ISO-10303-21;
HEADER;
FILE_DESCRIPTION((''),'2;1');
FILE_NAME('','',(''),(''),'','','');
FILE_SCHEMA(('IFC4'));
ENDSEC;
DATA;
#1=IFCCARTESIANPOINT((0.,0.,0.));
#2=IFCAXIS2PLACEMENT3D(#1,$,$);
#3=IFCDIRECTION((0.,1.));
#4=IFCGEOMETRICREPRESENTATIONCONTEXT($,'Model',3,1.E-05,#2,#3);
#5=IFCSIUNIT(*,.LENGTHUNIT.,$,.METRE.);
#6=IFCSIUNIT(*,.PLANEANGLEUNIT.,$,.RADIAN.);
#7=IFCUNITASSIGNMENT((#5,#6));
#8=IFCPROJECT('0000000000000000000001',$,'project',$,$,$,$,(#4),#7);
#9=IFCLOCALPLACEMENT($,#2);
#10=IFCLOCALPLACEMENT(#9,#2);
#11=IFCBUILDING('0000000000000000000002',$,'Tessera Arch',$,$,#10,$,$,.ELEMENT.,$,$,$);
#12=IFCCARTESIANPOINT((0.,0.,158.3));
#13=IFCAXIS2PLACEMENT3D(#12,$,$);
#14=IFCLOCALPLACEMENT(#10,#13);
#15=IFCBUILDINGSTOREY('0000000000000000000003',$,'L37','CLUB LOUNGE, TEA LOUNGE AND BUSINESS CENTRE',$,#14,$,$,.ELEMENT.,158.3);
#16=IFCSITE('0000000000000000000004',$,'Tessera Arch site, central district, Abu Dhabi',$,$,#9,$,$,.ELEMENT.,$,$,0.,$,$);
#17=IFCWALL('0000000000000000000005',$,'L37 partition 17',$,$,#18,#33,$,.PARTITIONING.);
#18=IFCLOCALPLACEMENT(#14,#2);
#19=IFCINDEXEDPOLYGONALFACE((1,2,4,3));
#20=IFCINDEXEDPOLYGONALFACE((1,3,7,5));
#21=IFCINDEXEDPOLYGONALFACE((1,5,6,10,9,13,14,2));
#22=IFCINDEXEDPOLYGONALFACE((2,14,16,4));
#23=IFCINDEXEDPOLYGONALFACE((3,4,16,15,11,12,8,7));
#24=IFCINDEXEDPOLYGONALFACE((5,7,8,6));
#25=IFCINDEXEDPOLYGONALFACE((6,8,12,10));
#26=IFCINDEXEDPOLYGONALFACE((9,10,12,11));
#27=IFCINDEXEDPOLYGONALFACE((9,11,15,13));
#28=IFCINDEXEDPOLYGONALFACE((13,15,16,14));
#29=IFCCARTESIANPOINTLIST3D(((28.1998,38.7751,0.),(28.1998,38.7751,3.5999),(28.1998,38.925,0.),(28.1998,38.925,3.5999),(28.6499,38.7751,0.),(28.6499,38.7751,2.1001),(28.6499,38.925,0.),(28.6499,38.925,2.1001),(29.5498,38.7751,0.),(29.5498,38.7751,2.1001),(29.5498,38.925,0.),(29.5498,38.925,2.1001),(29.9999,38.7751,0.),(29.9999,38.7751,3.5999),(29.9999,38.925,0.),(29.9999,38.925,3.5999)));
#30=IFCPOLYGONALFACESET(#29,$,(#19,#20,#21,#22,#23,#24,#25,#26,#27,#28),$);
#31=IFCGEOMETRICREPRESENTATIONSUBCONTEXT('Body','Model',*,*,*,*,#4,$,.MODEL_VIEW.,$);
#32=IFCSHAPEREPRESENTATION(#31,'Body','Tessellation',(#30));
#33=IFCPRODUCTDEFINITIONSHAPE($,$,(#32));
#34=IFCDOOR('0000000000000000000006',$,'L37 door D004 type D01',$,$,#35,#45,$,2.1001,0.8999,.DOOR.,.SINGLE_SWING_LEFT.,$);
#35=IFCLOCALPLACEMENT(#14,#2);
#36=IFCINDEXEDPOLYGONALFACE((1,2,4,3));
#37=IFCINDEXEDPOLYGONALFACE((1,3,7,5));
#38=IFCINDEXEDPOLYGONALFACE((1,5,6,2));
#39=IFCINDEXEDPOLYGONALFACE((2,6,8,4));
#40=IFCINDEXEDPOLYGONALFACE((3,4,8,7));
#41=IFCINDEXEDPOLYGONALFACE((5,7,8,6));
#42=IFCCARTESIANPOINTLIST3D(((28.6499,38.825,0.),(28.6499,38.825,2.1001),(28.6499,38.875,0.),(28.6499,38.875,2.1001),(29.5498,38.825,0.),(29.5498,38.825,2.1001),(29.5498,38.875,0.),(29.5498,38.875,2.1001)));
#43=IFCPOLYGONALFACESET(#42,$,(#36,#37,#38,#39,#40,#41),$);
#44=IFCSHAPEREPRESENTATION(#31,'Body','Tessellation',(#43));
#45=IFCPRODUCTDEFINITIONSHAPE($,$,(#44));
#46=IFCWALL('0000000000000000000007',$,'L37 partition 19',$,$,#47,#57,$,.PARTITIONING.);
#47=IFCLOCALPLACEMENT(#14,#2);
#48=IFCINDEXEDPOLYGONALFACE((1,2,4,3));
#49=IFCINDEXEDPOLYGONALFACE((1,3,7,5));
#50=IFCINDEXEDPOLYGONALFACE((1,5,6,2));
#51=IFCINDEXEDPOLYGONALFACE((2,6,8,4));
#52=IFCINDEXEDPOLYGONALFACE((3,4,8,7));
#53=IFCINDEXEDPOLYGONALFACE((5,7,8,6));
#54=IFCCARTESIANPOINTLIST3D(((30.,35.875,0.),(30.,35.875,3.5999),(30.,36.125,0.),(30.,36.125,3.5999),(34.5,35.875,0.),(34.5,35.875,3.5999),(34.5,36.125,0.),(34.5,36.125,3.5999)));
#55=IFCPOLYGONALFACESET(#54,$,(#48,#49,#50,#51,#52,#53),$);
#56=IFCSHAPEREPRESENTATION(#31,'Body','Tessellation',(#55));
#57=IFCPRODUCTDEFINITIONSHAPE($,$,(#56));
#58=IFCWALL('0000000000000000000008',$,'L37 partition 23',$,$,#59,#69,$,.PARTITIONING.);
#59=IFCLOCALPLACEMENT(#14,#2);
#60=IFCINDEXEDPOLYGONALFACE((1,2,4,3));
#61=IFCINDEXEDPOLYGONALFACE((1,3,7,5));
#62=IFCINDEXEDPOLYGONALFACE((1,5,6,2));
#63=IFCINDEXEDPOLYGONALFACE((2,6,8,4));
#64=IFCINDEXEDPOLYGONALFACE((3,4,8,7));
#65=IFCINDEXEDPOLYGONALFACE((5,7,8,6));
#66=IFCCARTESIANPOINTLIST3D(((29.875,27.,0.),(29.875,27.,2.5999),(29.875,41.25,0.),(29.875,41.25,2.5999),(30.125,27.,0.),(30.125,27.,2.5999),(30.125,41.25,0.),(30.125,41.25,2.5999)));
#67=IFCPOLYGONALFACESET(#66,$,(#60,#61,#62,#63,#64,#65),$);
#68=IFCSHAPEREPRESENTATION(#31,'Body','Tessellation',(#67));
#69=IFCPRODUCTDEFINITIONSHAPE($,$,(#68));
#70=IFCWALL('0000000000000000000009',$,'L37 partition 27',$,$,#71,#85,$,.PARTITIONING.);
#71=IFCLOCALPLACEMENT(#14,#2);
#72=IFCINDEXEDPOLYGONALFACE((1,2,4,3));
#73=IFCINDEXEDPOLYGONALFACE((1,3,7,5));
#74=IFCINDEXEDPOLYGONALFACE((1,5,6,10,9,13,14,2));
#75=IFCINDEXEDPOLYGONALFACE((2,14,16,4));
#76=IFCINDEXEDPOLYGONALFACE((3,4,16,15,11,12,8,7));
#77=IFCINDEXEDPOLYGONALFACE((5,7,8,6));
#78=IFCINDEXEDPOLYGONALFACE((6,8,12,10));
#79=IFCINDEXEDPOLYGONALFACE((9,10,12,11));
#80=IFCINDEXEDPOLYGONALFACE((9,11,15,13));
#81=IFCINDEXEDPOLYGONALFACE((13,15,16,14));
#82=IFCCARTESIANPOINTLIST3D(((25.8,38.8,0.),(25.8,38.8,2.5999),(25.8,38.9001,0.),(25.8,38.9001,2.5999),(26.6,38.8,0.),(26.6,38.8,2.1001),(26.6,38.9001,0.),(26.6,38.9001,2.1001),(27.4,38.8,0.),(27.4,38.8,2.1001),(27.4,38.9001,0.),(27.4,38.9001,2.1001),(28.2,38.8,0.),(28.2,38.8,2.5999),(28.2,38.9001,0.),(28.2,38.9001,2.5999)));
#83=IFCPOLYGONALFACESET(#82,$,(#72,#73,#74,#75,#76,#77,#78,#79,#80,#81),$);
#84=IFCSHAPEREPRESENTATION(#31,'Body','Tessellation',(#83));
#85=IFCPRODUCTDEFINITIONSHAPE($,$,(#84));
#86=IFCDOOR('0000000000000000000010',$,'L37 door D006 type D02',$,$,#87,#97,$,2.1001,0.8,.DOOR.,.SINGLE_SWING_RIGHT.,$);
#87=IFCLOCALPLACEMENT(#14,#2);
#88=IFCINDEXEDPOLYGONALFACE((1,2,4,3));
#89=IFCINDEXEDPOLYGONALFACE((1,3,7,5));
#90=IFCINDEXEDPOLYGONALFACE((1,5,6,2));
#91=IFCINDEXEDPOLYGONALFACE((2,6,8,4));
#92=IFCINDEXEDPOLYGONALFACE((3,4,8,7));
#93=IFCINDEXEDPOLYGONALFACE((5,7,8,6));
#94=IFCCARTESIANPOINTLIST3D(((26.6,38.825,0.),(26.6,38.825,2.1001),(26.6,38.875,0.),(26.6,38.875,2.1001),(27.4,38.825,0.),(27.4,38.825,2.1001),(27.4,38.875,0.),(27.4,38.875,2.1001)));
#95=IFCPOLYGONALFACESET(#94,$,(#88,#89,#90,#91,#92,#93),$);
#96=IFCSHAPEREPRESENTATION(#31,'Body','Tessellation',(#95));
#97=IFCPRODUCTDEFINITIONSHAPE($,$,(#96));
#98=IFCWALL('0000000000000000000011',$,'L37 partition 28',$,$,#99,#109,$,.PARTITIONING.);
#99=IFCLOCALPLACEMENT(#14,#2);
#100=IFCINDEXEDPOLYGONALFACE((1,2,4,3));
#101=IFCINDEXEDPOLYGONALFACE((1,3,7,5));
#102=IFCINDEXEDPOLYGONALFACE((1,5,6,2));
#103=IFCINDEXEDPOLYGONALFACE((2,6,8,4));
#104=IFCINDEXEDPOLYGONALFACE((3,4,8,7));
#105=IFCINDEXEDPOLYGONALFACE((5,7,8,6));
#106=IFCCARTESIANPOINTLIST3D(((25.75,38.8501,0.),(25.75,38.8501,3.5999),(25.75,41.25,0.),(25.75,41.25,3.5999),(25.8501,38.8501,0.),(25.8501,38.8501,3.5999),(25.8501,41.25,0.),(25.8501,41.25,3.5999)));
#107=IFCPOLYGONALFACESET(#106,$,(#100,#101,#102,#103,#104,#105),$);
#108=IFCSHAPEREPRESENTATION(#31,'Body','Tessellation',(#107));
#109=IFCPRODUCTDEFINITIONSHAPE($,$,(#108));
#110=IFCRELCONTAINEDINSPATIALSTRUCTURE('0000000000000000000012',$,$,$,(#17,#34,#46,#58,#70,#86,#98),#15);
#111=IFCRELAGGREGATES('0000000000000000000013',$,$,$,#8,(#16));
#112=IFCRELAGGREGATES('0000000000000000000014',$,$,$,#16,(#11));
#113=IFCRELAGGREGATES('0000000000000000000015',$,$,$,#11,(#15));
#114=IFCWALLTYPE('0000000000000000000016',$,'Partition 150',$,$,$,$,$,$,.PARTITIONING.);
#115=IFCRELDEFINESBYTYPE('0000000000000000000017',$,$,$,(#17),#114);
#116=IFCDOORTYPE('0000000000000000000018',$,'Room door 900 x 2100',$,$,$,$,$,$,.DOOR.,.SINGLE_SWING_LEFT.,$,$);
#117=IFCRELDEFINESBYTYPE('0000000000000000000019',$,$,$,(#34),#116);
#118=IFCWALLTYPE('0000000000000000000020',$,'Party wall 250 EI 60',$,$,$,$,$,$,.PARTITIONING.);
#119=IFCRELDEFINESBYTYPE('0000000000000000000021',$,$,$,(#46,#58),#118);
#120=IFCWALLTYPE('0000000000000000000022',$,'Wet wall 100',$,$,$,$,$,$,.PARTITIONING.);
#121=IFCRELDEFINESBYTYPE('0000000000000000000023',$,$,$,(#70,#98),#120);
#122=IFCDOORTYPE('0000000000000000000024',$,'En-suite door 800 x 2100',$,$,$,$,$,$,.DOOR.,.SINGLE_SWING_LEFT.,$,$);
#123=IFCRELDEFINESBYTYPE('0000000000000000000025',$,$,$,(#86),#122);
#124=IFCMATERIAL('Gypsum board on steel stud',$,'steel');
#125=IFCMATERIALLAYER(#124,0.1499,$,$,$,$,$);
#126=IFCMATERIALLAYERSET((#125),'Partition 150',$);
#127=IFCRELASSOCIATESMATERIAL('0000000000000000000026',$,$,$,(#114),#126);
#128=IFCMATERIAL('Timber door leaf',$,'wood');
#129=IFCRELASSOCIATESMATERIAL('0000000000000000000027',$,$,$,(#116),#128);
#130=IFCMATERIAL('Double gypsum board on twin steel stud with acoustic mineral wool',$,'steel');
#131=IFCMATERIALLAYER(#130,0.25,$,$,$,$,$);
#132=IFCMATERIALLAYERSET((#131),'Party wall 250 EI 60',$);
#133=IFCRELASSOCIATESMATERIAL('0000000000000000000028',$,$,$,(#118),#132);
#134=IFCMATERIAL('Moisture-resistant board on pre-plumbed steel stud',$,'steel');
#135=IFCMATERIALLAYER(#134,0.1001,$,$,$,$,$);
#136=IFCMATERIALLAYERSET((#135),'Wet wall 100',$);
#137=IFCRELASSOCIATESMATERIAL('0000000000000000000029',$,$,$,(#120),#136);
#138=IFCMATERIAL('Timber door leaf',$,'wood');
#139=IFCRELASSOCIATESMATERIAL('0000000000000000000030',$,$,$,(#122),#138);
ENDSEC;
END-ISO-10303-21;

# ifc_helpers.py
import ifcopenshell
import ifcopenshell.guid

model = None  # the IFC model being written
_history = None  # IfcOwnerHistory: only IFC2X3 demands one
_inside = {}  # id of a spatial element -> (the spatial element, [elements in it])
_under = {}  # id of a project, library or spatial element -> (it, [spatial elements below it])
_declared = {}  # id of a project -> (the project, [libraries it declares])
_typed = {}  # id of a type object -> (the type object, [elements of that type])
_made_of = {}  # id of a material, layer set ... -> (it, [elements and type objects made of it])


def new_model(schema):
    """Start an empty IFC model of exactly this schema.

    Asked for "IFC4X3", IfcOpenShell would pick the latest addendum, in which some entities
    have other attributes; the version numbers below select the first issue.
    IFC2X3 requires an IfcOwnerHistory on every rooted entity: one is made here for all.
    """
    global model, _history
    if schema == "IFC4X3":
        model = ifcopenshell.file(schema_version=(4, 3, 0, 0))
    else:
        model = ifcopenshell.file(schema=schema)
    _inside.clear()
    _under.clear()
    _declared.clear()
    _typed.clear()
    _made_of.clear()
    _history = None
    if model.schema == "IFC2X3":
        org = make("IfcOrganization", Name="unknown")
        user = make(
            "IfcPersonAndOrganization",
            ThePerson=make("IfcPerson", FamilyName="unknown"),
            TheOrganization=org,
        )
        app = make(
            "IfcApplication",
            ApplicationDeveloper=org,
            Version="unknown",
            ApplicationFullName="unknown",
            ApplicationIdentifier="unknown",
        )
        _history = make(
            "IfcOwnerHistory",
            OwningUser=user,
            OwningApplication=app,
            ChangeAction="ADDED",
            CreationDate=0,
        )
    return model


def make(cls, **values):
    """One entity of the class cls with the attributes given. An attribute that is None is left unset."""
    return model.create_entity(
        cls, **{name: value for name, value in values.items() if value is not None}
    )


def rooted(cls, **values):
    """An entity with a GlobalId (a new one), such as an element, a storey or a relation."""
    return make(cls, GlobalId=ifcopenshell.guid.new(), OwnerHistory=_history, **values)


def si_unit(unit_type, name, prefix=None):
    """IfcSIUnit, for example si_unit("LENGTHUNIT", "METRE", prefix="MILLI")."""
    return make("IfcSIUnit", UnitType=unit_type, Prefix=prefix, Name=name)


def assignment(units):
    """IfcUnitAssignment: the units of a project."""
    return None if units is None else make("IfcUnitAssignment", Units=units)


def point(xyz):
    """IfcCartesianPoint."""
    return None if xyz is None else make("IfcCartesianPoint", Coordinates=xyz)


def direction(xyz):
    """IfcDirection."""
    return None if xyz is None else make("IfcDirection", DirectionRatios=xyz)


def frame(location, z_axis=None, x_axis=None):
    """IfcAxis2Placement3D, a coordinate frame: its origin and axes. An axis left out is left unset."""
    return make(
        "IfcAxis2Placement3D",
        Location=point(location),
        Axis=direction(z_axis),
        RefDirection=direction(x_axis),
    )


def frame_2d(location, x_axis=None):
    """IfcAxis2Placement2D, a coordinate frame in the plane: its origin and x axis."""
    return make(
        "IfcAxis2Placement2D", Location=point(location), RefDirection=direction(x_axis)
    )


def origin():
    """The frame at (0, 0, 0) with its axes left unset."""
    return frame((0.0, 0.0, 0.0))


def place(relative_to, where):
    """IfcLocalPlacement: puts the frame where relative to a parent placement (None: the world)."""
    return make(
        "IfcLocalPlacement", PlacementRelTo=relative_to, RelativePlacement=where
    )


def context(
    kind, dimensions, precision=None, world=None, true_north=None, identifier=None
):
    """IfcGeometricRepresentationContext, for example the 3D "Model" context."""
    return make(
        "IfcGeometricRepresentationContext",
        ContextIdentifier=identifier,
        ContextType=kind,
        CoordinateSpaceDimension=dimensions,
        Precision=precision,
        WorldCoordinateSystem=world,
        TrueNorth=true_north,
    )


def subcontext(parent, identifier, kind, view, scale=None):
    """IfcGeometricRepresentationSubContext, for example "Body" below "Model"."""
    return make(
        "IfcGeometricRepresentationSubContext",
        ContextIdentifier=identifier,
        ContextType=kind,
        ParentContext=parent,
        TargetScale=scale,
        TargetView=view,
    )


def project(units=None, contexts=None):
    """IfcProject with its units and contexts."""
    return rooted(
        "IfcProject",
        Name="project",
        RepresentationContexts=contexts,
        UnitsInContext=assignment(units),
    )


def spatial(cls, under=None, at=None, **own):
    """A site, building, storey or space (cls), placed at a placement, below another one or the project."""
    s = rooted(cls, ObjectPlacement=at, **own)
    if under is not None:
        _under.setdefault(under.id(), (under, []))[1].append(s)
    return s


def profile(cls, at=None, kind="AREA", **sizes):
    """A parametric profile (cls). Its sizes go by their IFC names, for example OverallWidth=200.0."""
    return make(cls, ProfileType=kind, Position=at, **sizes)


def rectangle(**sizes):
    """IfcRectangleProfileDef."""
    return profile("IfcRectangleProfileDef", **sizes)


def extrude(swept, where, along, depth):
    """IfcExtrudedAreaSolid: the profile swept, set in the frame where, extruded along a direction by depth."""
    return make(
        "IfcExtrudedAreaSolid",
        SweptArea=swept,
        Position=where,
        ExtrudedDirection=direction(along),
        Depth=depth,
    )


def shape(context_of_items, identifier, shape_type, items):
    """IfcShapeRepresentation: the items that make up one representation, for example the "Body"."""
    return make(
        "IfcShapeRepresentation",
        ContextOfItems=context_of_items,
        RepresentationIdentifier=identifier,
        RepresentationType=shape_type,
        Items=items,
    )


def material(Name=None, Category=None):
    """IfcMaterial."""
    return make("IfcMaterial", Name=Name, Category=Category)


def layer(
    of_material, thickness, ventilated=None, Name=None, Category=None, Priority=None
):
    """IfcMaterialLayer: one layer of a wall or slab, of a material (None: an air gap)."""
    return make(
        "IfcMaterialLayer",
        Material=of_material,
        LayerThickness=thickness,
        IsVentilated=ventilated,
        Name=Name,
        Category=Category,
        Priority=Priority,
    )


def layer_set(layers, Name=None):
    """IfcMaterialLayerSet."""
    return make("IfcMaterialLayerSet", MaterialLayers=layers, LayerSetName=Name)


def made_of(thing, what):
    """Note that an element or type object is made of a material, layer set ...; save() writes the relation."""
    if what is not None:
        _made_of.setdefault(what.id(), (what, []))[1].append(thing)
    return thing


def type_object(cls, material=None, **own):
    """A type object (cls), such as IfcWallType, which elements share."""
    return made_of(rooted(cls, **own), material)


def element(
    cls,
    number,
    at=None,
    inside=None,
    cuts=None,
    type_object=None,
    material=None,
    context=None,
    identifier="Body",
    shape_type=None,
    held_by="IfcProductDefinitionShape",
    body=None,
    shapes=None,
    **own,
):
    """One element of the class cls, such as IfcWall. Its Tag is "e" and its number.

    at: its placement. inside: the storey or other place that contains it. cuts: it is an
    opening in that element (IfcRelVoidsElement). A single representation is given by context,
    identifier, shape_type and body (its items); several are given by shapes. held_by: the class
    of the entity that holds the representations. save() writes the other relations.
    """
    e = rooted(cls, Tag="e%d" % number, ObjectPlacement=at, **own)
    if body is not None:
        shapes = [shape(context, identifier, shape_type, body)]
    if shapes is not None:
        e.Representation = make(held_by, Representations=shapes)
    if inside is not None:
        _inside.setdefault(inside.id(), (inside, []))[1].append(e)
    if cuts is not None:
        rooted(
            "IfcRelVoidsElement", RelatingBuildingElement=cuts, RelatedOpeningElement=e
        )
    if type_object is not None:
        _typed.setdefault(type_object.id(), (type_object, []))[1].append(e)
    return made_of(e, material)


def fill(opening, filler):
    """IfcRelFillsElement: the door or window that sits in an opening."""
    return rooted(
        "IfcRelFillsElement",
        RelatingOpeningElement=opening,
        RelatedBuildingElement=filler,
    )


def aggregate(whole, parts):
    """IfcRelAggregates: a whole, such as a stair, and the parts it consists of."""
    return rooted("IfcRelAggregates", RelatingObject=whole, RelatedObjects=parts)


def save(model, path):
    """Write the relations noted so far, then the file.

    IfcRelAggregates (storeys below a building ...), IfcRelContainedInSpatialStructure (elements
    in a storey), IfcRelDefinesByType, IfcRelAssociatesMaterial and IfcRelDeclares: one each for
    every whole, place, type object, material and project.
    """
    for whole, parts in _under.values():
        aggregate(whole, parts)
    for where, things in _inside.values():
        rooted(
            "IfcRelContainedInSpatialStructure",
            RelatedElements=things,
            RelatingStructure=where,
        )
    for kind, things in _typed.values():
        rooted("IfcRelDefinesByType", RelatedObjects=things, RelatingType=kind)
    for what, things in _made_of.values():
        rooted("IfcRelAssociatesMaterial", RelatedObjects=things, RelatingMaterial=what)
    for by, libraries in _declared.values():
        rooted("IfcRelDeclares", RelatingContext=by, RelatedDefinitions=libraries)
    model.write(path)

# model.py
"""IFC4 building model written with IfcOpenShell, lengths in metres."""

from ifc_helpers import new_model, si_unit, direction, frame, frame_2d, origin, place, context, subcontext, project, spatial, rectangle, extrude, material, layer, layer_set, type_object, element, fill, save


model = new_model("IFC4")

# Units and contexts
model_context = context("Model", 3, precision=1e-05, world=origin(), true_north=direction((0.0, 1.0)))
body_context = subcontext(model_context, "Body", "Model", "MODEL_VIEW")
ifc_project = project(units=[si_unit("LENGTHUNIT", "METRE"), si_unit("PLANEANGLEUNIT", "RADIAN")], contexts=[model_context])

# Site, building, storey
site_placement = place(None, origin())
site = spatial("IfcSite", under=ifc_project, at=site_placement, Name="Tessera Arch site, central district, Abu Dhabi", CompositionType="ELEMENT", RefElevation=0.0)
building_placement = place(site_placement, origin())
building = spatial("IfcBuilding", under=site, at=building_placement, Name="Tessera Arch", CompositionType="ELEMENT")
storey_placement = place(building_placement, frame((0.0, 0.0, 158.3)))
storey = spatial("IfcBuildingStorey", under=building, at=storey_placement, Name="L37", Description="CLUB LOUNGE, TEA LOUNGE AND BUSINESS CENTRE", CompositionType="ELEMENT", Elevation=158.3)

# Wall, opening, door
ifc_material_1 = material(Name="Gypsum board on steel stud", Category="steel")
ifc_layer_1 = layer(ifc_material_1, 0.1499)
ifc_layer_set_1 = layer_set([ifc_layer_1], Name="Partition 150")
wall_type_1 = type_object("IfcWallType", Name="Partition 150", PredefinedType="PARTITIONING", material=ifc_layer_set_1)
wall_1_placement = place(storey_placement, frame((28.2, 38.8501, 0.0), z_axis=(0.0, 0.0, 1.0), x_axis=(1.0, 0.0, 0.0)))
wall_1 = element("IfcWall", 1, at=wall_1_placement, inside=storey, type_object=wall_type_1, Name="L37 partition 17", PredefinedType="PARTITIONING", context=body_context, shape_type="SweptSolid", body=[
    extrude(rectangle(XDim=1.8, YDim=0.1499, at=frame_2d((0.8999, 0.0))), origin(), (0.0, 0.0, 1.0), 3.5999),
])
opening_1_placement = place(wall_1_placement, frame((0.45, 0.0, 0.0)))
opening_1 = element("IfcOpeningElement", 2, at=opening_1_placement, cuts=wall_1, PredefinedType="OPENING", context=body_context, shape_type="SweptSolid", body=[
    extrude(rectangle(XDim=0.8999, YDim=2.1001, at=frame_2d((0.45, 1.05))), frame((0.0, 0.085, 0.0), z_axis=(0.0, -1.0, 0.0), x_axis=(1.0, 0.0, 0.0)), (0.0, 0.0, 1.0), 0.1699),
])
ifc_material_2 = material(Name="Timber door leaf", Category="wood")
door_type_1 = type_object("IfcDoorType", Name="Room door 900 x 2100", OperationType="SINGLE_SWING_LEFT", PredefinedType="DOOR", material=ifc_material_2)
door_1_placement = place(opening_1_placement, origin())
door_1 = element("IfcDoor", 3, at=door_1_placement, inside=storey, type_object=door_type_1, Name="L37 door D004 type D01", OperationType="SINGLE_SWING_LEFT", OverallHeight=2.1001, OverallWidth=0.8999, PredefinedType="DOOR", context=body_context, shape_type="SweptSolid", body=[
    extrude(rectangle(XDim=0.8999, YDim=2.1001, at=frame_2d((0.45, 1.05))), frame((0.0, 0.0249, 0.0), z_axis=(0.0, -1.0, 0.0), x_axis=(1.0, 0.0, 0.0)), (0.0, 0.0, 1.0), 0.05),
])
fill(opening_1, door_1)

# Walls
ifc_material_3 = material(Name="Double gypsum board on twin steel stud with acoustic mineral wool", Category="steel")
ifc_layer_2 = layer(ifc_material_3, 0.25)
ifc_layer_set_2 = layer_set([ifc_layer_2], Name="Party wall 250 EI 60")
wall_type_2 = type_object("IfcWallType", Name="Party wall 250 EI 60", PredefinedType="PARTITIONING", material=ifc_layer_set_2)
wall_2_placement = place(storey_placement, frame((30.0, 36.0, 0.0), z_axis=(0.0, 0.0, 1.0), x_axis=(1.0, 0.0, 0.0)))
element("IfcWall", 4, at=wall_2_placement, inside=storey, type_object=wall_type_2, Name="L37 partition 19", PredefinedType="PARTITIONING", context=body_context, shape_type="SweptSolid", body=[
    extrude(rectangle(XDim=4.5, YDim=0.25, at=frame_2d((2.25, 0.0))), origin(), (0.0, 0.0, 1.0), 3.5999),
])
wall_3_placement = place(storey_placement, frame((30.0, 27.0, 0.0), z_axis=(0.0, 0.0, 1.0), x_axis=(0.0, 1.0, 0.0)))
element("IfcWall", 5, at=wall_3_placement, inside=storey, type_object=wall_type_2, Name="L37 partition 23", PredefinedType="PARTITIONING", context=body_context, shape_type="SweptSolid", body=[
    extrude(rectangle(XDim=14.25, YDim=0.25, at=frame_2d((7.125, 0.0))), origin(), (0.0, 0.0, 1.0), 2.5999),
])

# Wall, opening, door
ifc_material_4 = material(Name="Moisture-resistant board on pre-plumbed steel stud", Category="steel")
ifc_layer_3 = layer(ifc_material_4, 0.1001)
ifc_layer_set_3 = layer_set([ifc_layer_3], Name="Wet wall 100")
wall_type_3 = type_object("IfcWallType", Name="Wet wall 100", PredefinedType="PARTITIONING", material=ifc_layer_set_3)
wall_4_placement = place(storey_placement, frame((25.8, 38.8501, 0.0), z_axis=(0.0, 0.0, 1.0), x_axis=(1.0, 0.0, 0.0)))
wall_4 = element("IfcWall", 6, at=wall_4_placement, inside=storey, type_object=wall_type_3, Name="L37 partition 27", PredefinedType="PARTITIONING", context=body_context, shape_type="SweptSolid", body=[
    extrude(rectangle(XDim=2.3999, YDim=0.1001, at=frame_2d((1.2, 0.0))), origin(), (0.0, 0.0, 1.0), 2.5999),
])
opening_2_placement = place(wall_4_placement, frame((0.8, 0.0, 0.0)))
opening_2 = element("IfcOpeningElement", 7, at=opening_2_placement, cuts=wall_4, PredefinedType="OPENING", context=body_context, shape_type="SweptSolid", body=[
    extrude(rectangle(XDim=0.8, YDim=2.1001, at=frame_2d((0.3999, 1.05))), frame((0.0, 0.0601, 0.0), z_axis=(0.0, -1.0, 0.0), x_axis=(1.0, 0.0, 0.0)), (0.0, 0.0, 1.0), 0.1201),
])
ifc_material_5 = material(Name="Timber door leaf", Category="wood")
door_type_2 = type_object("IfcDoorType", Name="En-suite door 800 x 2100", OperationType="SINGLE_SWING_LEFT", PredefinedType="DOOR", material=ifc_material_5)
door_2_placement = place(opening_2_placement, origin())
door_2 = element("IfcDoor", 8, at=door_2_placement, inside=storey, type_object=door_type_2, Name="L37 door D006 type D02", OperationType="SINGLE_SWING_RIGHT", OverallHeight=2.1001, OverallWidth=0.8, PredefinedType="DOOR", context=body_context, shape_type="SweptSolid", body=[
    extrude(rectangle(XDim=0.8, YDim=2.1001, at=frame_2d((0.3999, 1.05))), frame((0.0, 0.0249, 0.0), z_axis=(0.0, -1.0, 0.0), x_axis=(1.0, 0.0, 0.0)), (0.0, 0.0, 1.0), 0.05),
])
fill(opening_2, door_2)

# Wall
wall_5_placement = place(storey_placement, frame((25.8, 38.8501, 0.0), z_axis=(0.0, 0.0, 1.0), x_axis=(0.0, 1.0, 0.0)))
element("IfcWall", 9, at=wall_5_placement, inside=storey, type_object=wall_type_3, Name="L37 partition 28", PredefinedType="PARTITIONING", context=body_context, shape_type="SweptSolid", body=[
    extrude(rectangle(XDim=2.3999, YDim=0.1001, at=frame_2d((1.2, 0.0))), origin(), (0.0, 0.0, 1.0), 3.5999),
])

save(model, "model.ifc")
